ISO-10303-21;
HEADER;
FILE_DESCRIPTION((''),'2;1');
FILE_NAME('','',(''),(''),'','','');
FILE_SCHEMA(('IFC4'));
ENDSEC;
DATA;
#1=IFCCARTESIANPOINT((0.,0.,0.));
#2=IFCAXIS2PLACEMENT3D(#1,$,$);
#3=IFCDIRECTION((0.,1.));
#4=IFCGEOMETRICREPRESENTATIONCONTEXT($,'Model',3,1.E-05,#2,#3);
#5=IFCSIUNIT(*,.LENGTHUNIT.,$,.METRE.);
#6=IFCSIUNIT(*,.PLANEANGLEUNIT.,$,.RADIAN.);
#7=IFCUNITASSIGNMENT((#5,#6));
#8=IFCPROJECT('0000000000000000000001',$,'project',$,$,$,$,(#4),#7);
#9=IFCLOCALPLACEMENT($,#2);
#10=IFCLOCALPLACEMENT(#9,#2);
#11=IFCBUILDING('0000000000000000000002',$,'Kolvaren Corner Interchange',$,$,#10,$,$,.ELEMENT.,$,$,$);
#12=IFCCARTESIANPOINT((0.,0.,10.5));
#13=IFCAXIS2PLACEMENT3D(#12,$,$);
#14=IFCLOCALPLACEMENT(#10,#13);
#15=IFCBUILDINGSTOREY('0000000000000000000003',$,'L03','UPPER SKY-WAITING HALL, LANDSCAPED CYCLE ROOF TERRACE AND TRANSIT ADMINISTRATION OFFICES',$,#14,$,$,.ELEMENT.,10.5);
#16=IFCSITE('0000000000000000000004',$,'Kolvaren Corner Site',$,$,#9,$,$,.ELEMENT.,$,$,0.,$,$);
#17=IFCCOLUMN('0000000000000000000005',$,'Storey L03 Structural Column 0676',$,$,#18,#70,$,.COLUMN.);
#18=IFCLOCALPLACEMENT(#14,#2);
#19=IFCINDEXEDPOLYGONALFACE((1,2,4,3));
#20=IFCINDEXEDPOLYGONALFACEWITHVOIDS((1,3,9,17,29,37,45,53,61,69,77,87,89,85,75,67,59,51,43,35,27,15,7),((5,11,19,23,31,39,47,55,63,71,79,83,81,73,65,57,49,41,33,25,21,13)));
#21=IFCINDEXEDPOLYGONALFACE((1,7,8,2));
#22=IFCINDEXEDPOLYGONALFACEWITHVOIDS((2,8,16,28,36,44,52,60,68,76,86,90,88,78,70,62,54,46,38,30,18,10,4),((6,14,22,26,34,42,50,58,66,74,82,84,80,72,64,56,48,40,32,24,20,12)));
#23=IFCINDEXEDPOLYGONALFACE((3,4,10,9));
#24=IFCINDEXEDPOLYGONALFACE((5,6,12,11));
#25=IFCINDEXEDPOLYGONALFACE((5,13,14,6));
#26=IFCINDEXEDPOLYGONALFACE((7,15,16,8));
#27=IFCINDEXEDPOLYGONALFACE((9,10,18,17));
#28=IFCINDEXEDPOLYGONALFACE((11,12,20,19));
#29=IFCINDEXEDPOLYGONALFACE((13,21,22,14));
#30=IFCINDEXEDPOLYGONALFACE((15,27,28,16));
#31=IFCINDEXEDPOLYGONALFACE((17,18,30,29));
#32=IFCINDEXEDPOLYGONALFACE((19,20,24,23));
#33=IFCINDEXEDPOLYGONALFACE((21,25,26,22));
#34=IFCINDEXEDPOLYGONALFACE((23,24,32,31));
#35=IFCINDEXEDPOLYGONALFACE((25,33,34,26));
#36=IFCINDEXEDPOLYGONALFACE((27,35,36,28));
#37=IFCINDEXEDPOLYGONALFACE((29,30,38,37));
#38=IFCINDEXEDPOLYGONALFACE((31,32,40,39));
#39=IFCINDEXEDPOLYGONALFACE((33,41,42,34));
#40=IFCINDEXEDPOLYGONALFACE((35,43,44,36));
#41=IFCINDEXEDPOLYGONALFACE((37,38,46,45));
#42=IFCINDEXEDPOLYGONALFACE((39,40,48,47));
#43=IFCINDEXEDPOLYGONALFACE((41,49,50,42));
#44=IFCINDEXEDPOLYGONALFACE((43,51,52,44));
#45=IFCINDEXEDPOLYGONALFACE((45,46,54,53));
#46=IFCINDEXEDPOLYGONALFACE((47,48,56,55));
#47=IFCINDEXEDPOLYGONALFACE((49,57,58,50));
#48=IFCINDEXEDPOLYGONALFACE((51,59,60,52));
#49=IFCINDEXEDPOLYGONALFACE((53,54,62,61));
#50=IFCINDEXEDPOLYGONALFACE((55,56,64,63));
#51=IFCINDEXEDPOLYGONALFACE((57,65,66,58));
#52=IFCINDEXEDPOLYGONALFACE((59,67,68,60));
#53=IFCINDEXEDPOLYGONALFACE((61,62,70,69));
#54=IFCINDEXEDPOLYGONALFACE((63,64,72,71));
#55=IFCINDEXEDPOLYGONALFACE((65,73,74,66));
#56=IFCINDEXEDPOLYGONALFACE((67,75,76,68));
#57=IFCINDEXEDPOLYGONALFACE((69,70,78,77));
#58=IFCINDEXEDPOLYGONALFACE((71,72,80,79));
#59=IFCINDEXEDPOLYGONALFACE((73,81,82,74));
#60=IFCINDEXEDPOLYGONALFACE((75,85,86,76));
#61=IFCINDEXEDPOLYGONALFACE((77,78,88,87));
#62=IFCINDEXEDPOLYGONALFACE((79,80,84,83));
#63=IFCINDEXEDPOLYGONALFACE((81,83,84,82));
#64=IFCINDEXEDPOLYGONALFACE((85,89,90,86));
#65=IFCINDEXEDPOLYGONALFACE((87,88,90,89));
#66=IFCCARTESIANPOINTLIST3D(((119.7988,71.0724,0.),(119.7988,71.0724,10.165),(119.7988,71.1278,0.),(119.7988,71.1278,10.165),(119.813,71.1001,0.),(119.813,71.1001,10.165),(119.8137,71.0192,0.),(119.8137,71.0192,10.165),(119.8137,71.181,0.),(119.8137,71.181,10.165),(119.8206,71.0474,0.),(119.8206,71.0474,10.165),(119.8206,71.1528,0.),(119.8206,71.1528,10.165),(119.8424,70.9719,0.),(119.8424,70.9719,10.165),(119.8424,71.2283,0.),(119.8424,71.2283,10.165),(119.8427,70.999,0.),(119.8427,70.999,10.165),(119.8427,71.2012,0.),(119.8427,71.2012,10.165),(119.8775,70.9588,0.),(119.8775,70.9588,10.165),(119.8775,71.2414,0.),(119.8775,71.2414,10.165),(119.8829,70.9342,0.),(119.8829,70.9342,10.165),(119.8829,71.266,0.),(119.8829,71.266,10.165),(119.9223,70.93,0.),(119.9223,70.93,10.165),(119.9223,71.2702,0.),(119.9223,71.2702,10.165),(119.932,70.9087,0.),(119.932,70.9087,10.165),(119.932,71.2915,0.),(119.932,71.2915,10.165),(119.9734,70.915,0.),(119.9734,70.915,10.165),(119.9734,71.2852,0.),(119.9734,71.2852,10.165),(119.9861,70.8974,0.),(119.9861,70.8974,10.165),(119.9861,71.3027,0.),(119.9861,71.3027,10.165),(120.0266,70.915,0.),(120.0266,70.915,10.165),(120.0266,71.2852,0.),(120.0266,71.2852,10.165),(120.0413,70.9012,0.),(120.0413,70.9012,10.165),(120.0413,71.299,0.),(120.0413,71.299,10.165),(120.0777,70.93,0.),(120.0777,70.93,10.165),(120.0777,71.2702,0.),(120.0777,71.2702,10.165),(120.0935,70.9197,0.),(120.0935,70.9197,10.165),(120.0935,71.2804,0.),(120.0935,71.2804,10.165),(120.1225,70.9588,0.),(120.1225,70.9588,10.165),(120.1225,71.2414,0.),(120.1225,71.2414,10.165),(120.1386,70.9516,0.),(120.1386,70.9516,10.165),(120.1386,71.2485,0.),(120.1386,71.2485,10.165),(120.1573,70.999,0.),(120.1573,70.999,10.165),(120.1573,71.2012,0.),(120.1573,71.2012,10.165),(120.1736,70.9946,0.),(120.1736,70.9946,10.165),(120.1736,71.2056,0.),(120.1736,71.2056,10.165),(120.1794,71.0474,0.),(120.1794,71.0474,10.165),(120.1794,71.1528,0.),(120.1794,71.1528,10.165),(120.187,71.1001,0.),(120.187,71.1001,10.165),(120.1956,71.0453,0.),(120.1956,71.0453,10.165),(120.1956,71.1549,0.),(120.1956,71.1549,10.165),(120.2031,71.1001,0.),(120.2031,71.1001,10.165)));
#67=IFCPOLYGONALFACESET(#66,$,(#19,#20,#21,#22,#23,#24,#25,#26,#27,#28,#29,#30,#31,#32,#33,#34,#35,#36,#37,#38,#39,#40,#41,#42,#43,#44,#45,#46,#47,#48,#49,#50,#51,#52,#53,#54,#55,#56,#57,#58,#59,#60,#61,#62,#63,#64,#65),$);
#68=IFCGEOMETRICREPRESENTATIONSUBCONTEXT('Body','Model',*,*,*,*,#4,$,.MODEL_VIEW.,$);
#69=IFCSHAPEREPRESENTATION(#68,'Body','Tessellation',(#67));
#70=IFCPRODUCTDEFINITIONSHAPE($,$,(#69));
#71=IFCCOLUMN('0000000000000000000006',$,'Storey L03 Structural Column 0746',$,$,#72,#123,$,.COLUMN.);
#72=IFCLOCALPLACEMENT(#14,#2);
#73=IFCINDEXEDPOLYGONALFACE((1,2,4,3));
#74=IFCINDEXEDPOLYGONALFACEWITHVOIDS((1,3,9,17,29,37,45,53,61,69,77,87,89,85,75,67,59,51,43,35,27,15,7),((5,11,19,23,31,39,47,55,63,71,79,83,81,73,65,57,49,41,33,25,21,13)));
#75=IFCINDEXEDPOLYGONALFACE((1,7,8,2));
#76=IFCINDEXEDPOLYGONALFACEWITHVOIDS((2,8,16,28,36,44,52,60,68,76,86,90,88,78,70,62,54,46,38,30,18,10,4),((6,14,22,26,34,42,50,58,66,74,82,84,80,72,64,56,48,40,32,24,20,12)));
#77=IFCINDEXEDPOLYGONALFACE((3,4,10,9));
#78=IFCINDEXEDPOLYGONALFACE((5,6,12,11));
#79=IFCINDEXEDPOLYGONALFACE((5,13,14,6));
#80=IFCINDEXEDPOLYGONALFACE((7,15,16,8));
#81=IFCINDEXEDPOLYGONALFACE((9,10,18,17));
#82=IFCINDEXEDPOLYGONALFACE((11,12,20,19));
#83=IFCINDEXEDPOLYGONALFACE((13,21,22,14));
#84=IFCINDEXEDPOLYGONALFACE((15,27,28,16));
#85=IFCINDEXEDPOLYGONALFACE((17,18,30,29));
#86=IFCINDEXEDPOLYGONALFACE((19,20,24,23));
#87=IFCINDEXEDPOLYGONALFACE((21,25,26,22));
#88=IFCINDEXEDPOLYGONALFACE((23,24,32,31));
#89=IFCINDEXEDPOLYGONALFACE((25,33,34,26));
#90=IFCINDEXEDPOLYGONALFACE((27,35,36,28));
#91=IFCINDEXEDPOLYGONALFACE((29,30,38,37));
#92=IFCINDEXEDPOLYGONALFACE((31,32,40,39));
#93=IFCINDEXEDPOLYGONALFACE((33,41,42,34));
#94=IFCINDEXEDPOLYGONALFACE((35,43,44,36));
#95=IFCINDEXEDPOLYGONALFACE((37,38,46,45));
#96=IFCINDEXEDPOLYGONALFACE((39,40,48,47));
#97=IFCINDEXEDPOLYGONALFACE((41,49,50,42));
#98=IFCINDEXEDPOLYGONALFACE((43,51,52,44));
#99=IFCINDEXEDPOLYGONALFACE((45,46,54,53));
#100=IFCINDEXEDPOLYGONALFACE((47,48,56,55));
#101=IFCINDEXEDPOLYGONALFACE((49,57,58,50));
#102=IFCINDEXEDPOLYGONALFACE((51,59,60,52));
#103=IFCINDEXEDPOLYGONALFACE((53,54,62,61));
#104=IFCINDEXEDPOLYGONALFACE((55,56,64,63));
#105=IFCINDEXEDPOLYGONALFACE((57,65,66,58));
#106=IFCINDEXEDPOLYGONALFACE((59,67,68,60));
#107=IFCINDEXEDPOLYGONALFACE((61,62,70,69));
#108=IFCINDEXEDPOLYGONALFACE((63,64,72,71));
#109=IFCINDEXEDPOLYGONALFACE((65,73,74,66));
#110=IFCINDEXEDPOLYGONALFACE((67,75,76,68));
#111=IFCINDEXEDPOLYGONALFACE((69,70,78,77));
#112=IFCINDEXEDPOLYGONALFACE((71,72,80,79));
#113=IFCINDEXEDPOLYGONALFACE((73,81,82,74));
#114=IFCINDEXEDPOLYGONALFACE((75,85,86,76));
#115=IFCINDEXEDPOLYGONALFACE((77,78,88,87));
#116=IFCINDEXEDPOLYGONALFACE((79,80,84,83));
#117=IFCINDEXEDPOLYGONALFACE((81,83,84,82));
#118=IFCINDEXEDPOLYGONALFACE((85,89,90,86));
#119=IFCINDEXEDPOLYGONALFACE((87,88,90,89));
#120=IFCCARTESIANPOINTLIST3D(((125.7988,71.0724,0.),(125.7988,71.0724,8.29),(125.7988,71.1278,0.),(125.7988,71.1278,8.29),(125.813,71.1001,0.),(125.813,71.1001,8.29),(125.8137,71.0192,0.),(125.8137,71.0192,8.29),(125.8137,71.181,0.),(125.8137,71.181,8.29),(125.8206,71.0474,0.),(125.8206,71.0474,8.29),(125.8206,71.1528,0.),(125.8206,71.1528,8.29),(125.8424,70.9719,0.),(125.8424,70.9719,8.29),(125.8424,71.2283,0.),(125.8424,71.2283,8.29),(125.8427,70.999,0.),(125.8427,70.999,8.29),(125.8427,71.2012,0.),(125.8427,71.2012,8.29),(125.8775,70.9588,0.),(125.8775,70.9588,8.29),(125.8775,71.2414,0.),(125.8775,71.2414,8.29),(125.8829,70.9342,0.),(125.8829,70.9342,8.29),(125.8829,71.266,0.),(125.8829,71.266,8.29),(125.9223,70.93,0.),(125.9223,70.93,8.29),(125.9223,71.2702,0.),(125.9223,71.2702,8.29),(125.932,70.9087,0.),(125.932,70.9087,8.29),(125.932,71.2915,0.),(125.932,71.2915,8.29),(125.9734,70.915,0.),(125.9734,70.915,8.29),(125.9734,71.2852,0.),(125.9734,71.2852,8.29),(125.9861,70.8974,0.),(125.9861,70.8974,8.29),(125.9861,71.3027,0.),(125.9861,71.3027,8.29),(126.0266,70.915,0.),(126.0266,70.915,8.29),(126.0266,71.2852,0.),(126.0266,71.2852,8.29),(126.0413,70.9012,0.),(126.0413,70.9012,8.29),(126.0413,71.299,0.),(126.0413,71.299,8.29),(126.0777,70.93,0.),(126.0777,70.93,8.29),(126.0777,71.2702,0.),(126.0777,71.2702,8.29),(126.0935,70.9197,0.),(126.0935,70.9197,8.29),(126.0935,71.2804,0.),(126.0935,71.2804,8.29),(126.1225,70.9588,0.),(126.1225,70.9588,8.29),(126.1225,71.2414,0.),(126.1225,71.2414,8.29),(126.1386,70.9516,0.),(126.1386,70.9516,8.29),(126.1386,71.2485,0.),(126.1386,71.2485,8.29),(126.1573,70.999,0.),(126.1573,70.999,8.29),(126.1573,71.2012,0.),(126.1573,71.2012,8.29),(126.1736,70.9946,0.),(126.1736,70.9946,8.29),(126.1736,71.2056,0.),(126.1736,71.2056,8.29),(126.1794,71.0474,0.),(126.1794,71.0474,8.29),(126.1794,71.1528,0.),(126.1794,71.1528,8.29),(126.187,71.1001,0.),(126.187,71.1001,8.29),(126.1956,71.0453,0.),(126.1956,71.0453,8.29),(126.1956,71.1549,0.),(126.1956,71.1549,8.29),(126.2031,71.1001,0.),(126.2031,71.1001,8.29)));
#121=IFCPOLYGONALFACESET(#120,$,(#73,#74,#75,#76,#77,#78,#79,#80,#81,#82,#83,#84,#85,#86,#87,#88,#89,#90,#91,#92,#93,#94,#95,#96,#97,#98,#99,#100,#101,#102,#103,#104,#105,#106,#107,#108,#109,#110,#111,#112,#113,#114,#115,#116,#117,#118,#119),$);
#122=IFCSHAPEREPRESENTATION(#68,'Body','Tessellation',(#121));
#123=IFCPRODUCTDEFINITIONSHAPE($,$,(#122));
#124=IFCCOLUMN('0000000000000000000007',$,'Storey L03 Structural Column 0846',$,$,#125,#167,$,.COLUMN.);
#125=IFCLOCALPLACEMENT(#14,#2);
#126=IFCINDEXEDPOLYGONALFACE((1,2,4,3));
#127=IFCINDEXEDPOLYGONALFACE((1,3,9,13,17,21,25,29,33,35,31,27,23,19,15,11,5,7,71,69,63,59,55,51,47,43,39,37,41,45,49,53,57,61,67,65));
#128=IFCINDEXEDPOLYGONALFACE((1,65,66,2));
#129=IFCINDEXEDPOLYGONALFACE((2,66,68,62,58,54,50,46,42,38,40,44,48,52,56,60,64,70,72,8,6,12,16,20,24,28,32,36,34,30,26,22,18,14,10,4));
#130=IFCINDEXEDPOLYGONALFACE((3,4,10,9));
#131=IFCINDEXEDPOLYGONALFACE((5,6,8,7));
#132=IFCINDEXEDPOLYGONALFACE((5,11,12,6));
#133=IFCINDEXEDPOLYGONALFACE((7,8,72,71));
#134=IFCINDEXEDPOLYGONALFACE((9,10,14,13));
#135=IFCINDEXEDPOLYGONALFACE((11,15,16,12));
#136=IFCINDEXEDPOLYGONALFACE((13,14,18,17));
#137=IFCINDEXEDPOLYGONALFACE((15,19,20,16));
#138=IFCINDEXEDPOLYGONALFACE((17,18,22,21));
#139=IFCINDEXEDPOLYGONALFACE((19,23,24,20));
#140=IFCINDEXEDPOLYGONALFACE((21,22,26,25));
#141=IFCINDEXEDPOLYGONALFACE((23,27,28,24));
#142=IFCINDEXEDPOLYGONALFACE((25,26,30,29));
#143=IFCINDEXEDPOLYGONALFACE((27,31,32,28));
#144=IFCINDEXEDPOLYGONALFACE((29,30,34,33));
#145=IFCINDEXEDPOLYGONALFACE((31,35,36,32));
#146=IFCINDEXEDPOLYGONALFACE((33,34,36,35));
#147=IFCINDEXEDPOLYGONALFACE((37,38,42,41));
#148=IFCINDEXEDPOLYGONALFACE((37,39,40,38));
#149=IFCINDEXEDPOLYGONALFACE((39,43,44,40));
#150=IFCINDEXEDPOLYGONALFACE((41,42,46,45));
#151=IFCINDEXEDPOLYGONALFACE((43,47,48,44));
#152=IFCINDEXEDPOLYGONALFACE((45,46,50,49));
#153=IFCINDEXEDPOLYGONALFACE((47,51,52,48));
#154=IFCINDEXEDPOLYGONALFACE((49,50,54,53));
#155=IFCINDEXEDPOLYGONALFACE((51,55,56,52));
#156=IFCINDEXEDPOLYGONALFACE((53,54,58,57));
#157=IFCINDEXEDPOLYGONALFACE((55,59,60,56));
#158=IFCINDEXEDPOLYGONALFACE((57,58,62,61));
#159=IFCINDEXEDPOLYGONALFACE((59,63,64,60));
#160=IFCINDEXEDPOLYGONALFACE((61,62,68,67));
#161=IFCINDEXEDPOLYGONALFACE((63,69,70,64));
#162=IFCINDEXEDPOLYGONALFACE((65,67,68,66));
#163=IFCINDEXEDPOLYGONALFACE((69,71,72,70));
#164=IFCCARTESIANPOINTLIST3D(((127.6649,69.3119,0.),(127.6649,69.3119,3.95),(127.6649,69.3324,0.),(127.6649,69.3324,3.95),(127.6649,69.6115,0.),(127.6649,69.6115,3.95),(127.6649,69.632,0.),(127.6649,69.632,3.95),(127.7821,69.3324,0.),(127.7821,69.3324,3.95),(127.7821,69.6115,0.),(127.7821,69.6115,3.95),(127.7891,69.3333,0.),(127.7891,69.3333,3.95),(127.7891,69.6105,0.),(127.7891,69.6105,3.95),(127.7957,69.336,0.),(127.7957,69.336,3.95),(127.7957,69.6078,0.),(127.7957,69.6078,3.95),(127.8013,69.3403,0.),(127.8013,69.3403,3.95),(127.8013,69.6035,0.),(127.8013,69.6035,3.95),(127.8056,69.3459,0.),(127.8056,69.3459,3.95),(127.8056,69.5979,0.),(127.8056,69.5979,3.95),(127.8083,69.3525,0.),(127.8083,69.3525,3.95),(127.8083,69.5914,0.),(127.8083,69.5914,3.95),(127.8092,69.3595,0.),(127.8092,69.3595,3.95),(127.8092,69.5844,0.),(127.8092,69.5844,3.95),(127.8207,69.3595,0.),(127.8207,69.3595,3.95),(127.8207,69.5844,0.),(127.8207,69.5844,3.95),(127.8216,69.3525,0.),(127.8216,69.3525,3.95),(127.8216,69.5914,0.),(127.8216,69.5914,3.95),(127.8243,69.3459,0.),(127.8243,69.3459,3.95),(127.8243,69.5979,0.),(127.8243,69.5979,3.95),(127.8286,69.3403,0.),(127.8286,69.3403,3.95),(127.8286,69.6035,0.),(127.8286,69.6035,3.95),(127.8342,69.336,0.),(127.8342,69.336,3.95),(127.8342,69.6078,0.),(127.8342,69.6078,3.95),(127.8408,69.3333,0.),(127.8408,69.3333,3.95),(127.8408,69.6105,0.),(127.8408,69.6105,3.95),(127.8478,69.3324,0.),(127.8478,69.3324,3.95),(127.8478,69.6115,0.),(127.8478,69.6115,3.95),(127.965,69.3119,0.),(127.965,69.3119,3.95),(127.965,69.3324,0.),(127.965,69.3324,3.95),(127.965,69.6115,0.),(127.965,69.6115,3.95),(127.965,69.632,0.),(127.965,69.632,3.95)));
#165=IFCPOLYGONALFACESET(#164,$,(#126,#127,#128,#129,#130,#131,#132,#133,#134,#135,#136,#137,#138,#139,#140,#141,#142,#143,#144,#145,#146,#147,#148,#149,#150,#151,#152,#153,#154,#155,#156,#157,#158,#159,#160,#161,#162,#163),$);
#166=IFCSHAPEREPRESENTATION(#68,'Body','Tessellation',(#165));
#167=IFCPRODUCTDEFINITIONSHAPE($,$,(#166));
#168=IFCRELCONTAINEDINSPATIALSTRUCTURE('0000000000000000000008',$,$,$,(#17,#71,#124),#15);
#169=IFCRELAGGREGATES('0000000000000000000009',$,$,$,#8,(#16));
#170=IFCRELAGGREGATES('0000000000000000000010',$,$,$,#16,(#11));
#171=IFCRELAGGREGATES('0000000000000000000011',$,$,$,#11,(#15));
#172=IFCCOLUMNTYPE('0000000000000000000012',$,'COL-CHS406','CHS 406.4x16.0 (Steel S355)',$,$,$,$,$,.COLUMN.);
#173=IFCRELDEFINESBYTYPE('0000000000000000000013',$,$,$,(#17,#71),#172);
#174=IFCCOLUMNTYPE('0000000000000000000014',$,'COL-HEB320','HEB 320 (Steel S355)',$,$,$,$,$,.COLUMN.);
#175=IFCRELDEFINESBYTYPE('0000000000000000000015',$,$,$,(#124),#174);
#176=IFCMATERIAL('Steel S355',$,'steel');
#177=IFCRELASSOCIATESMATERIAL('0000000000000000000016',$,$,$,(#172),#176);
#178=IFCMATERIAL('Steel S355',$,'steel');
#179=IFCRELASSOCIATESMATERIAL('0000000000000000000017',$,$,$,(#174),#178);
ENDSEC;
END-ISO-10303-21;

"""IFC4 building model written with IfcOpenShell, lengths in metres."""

from ifc_helpers import new_model, si_unit, direction, frame, origin, origin_2d, place, context, subcontext, project, spatial, hollow_circle, i_section, extrude, material, material_profile, profile_set, type_object, element, save


model = new_model("IFC4")

# Units and contexts
model_context = context("Model", 3, precision=1e-05, world=origin(), true_north=direction((0.0, 1.0)))
body_context = subcontext(model_context, "Body", "Model", "MODEL_VIEW")
ifc_project = project(units=[si_unit("LENGTHUNIT", "METRE"), si_unit("PLANEANGLEUNIT", "RADIAN")], contexts=[model_context])

# Site, building, storey
site_placement = place(None, origin())
site = spatial("IfcSite", under=ifc_project, at=site_placement, Name="Kolvaren Corner Site", CompositionType="ELEMENT", RefElevation=0.0)
building_placement = place(site_placement, origin())
building = spatial("IfcBuilding", under=site, at=building_placement, Name="Kolvaren Corner Interchange", CompositionType="ELEMENT")
storey_placement = place(building_placement, frame((0.0, 0.0, 10.5)))
storey = spatial("IfcBuildingStorey", under=building, at=storey_placement, Name="L03", Description="UPPER SKY-WAITING HALL, LANDSCAPED CYCLE ROOF TERRACE AND TRANSIT ADMINISTRATION OFFICES", CompositionType="ELEMENT", Elevation=10.5)

# Columns
ifc_material_1 = material(Name="Steel S355", Category="steel")
ifc_material_profile_1 = material_profile(ifc_material_1, hollow_circle(Radius=0.2031, WallThickness=0.0161, at=origin_2d()), Name="CHS 406.4x16.0")
ifc_profile_set_1 = profile_set([ifc_material_profile_1], Name="Steel S355")
column_type_1 = type_object("IfcColumnType", Name="COL-CHS406", Description="CHS 406.4x16.0 (Steel S355)", PredefinedType="COLUMN", material=ifc_profile_set_1)
column_1_placement = place(storey_placement, frame((120.0, 71.1001, 0.0), z_axis=(0.0, 0.0, 1.0), x_axis=(1.0, 0.0, 0.0)))
element("IfcColumn", 1, at=column_1_placement, inside=storey, type_object=column_type_1, Name="Storey L03 Structural Column 0676", PredefinedType="COLUMN", context=body_context, shape_type="SweptSolid", body=[
    extrude(hollow_circle(Radius=0.2031, WallThickness=0.0161, at=origin_2d()), origin(), (0.0, 0.0, 1.0), 10.165),
])
column_2_placement = place(storey_placement, frame((126.0, 71.1001, 0.0), z_axis=(0.0, 0.0, 1.0), x_axis=(1.0, 0.0, 0.0)))
element("IfcColumn", 2, at=column_2_placement, inside=storey, type_object=column_type_1, Name="Storey L03 Structural Column 0746", PredefinedType="COLUMN", context=body_context, shape_type="SweptSolid", body=[
    extrude(hollow_circle(Radius=0.2031, WallThickness=0.0161, at=origin_2d()), origin(), (0.0, 0.0, 1.0), 8.29),
])
ifc_material_2 = material(Name="Steel S355", Category="steel")
ifc_material_profile_2 = material_profile(ifc_material_2, i_section(OverallWidth=0.3, OverallDepth=0.3201, WebThickness=0.0115, FlangeThickness=0.0205, FilletRadius=0.0271, at=origin_2d()), Name="HEB 320")
ifc_profile_set_2 = profile_set([ifc_material_profile_2], Name="Steel S355")
column_type_2 = type_object("IfcColumnType", Name="COL-HEB320", Description="HEB 320 (Steel S355)", PredefinedType="COLUMN", material=ifc_profile_set_2)
column_3_placement = place(storey_placement, frame((127.8149, 69.4719, 0.0), z_axis=(0.0, 0.0, 1.0), x_axis=(1.0, 0.0, 0.0)))
element("IfcColumn", 3, at=column_3_placement, inside=storey, type_object=column_type_2, Name="Storey L03 Structural Column 0846", PredefinedType="COLUMN", context=body_context, shape_type="SweptSolid", body=[
    extrude(i_section(OverallWidth=0.3, OverallDepth=0.3201, WebThickness=0.0115, FlangeThickness=0.0205, FilletRadius=0.0271, at=origin_2d()), origin(), (0.0, 0.0, 1.0), 3.95),
])

save(model, "model.ifc")
